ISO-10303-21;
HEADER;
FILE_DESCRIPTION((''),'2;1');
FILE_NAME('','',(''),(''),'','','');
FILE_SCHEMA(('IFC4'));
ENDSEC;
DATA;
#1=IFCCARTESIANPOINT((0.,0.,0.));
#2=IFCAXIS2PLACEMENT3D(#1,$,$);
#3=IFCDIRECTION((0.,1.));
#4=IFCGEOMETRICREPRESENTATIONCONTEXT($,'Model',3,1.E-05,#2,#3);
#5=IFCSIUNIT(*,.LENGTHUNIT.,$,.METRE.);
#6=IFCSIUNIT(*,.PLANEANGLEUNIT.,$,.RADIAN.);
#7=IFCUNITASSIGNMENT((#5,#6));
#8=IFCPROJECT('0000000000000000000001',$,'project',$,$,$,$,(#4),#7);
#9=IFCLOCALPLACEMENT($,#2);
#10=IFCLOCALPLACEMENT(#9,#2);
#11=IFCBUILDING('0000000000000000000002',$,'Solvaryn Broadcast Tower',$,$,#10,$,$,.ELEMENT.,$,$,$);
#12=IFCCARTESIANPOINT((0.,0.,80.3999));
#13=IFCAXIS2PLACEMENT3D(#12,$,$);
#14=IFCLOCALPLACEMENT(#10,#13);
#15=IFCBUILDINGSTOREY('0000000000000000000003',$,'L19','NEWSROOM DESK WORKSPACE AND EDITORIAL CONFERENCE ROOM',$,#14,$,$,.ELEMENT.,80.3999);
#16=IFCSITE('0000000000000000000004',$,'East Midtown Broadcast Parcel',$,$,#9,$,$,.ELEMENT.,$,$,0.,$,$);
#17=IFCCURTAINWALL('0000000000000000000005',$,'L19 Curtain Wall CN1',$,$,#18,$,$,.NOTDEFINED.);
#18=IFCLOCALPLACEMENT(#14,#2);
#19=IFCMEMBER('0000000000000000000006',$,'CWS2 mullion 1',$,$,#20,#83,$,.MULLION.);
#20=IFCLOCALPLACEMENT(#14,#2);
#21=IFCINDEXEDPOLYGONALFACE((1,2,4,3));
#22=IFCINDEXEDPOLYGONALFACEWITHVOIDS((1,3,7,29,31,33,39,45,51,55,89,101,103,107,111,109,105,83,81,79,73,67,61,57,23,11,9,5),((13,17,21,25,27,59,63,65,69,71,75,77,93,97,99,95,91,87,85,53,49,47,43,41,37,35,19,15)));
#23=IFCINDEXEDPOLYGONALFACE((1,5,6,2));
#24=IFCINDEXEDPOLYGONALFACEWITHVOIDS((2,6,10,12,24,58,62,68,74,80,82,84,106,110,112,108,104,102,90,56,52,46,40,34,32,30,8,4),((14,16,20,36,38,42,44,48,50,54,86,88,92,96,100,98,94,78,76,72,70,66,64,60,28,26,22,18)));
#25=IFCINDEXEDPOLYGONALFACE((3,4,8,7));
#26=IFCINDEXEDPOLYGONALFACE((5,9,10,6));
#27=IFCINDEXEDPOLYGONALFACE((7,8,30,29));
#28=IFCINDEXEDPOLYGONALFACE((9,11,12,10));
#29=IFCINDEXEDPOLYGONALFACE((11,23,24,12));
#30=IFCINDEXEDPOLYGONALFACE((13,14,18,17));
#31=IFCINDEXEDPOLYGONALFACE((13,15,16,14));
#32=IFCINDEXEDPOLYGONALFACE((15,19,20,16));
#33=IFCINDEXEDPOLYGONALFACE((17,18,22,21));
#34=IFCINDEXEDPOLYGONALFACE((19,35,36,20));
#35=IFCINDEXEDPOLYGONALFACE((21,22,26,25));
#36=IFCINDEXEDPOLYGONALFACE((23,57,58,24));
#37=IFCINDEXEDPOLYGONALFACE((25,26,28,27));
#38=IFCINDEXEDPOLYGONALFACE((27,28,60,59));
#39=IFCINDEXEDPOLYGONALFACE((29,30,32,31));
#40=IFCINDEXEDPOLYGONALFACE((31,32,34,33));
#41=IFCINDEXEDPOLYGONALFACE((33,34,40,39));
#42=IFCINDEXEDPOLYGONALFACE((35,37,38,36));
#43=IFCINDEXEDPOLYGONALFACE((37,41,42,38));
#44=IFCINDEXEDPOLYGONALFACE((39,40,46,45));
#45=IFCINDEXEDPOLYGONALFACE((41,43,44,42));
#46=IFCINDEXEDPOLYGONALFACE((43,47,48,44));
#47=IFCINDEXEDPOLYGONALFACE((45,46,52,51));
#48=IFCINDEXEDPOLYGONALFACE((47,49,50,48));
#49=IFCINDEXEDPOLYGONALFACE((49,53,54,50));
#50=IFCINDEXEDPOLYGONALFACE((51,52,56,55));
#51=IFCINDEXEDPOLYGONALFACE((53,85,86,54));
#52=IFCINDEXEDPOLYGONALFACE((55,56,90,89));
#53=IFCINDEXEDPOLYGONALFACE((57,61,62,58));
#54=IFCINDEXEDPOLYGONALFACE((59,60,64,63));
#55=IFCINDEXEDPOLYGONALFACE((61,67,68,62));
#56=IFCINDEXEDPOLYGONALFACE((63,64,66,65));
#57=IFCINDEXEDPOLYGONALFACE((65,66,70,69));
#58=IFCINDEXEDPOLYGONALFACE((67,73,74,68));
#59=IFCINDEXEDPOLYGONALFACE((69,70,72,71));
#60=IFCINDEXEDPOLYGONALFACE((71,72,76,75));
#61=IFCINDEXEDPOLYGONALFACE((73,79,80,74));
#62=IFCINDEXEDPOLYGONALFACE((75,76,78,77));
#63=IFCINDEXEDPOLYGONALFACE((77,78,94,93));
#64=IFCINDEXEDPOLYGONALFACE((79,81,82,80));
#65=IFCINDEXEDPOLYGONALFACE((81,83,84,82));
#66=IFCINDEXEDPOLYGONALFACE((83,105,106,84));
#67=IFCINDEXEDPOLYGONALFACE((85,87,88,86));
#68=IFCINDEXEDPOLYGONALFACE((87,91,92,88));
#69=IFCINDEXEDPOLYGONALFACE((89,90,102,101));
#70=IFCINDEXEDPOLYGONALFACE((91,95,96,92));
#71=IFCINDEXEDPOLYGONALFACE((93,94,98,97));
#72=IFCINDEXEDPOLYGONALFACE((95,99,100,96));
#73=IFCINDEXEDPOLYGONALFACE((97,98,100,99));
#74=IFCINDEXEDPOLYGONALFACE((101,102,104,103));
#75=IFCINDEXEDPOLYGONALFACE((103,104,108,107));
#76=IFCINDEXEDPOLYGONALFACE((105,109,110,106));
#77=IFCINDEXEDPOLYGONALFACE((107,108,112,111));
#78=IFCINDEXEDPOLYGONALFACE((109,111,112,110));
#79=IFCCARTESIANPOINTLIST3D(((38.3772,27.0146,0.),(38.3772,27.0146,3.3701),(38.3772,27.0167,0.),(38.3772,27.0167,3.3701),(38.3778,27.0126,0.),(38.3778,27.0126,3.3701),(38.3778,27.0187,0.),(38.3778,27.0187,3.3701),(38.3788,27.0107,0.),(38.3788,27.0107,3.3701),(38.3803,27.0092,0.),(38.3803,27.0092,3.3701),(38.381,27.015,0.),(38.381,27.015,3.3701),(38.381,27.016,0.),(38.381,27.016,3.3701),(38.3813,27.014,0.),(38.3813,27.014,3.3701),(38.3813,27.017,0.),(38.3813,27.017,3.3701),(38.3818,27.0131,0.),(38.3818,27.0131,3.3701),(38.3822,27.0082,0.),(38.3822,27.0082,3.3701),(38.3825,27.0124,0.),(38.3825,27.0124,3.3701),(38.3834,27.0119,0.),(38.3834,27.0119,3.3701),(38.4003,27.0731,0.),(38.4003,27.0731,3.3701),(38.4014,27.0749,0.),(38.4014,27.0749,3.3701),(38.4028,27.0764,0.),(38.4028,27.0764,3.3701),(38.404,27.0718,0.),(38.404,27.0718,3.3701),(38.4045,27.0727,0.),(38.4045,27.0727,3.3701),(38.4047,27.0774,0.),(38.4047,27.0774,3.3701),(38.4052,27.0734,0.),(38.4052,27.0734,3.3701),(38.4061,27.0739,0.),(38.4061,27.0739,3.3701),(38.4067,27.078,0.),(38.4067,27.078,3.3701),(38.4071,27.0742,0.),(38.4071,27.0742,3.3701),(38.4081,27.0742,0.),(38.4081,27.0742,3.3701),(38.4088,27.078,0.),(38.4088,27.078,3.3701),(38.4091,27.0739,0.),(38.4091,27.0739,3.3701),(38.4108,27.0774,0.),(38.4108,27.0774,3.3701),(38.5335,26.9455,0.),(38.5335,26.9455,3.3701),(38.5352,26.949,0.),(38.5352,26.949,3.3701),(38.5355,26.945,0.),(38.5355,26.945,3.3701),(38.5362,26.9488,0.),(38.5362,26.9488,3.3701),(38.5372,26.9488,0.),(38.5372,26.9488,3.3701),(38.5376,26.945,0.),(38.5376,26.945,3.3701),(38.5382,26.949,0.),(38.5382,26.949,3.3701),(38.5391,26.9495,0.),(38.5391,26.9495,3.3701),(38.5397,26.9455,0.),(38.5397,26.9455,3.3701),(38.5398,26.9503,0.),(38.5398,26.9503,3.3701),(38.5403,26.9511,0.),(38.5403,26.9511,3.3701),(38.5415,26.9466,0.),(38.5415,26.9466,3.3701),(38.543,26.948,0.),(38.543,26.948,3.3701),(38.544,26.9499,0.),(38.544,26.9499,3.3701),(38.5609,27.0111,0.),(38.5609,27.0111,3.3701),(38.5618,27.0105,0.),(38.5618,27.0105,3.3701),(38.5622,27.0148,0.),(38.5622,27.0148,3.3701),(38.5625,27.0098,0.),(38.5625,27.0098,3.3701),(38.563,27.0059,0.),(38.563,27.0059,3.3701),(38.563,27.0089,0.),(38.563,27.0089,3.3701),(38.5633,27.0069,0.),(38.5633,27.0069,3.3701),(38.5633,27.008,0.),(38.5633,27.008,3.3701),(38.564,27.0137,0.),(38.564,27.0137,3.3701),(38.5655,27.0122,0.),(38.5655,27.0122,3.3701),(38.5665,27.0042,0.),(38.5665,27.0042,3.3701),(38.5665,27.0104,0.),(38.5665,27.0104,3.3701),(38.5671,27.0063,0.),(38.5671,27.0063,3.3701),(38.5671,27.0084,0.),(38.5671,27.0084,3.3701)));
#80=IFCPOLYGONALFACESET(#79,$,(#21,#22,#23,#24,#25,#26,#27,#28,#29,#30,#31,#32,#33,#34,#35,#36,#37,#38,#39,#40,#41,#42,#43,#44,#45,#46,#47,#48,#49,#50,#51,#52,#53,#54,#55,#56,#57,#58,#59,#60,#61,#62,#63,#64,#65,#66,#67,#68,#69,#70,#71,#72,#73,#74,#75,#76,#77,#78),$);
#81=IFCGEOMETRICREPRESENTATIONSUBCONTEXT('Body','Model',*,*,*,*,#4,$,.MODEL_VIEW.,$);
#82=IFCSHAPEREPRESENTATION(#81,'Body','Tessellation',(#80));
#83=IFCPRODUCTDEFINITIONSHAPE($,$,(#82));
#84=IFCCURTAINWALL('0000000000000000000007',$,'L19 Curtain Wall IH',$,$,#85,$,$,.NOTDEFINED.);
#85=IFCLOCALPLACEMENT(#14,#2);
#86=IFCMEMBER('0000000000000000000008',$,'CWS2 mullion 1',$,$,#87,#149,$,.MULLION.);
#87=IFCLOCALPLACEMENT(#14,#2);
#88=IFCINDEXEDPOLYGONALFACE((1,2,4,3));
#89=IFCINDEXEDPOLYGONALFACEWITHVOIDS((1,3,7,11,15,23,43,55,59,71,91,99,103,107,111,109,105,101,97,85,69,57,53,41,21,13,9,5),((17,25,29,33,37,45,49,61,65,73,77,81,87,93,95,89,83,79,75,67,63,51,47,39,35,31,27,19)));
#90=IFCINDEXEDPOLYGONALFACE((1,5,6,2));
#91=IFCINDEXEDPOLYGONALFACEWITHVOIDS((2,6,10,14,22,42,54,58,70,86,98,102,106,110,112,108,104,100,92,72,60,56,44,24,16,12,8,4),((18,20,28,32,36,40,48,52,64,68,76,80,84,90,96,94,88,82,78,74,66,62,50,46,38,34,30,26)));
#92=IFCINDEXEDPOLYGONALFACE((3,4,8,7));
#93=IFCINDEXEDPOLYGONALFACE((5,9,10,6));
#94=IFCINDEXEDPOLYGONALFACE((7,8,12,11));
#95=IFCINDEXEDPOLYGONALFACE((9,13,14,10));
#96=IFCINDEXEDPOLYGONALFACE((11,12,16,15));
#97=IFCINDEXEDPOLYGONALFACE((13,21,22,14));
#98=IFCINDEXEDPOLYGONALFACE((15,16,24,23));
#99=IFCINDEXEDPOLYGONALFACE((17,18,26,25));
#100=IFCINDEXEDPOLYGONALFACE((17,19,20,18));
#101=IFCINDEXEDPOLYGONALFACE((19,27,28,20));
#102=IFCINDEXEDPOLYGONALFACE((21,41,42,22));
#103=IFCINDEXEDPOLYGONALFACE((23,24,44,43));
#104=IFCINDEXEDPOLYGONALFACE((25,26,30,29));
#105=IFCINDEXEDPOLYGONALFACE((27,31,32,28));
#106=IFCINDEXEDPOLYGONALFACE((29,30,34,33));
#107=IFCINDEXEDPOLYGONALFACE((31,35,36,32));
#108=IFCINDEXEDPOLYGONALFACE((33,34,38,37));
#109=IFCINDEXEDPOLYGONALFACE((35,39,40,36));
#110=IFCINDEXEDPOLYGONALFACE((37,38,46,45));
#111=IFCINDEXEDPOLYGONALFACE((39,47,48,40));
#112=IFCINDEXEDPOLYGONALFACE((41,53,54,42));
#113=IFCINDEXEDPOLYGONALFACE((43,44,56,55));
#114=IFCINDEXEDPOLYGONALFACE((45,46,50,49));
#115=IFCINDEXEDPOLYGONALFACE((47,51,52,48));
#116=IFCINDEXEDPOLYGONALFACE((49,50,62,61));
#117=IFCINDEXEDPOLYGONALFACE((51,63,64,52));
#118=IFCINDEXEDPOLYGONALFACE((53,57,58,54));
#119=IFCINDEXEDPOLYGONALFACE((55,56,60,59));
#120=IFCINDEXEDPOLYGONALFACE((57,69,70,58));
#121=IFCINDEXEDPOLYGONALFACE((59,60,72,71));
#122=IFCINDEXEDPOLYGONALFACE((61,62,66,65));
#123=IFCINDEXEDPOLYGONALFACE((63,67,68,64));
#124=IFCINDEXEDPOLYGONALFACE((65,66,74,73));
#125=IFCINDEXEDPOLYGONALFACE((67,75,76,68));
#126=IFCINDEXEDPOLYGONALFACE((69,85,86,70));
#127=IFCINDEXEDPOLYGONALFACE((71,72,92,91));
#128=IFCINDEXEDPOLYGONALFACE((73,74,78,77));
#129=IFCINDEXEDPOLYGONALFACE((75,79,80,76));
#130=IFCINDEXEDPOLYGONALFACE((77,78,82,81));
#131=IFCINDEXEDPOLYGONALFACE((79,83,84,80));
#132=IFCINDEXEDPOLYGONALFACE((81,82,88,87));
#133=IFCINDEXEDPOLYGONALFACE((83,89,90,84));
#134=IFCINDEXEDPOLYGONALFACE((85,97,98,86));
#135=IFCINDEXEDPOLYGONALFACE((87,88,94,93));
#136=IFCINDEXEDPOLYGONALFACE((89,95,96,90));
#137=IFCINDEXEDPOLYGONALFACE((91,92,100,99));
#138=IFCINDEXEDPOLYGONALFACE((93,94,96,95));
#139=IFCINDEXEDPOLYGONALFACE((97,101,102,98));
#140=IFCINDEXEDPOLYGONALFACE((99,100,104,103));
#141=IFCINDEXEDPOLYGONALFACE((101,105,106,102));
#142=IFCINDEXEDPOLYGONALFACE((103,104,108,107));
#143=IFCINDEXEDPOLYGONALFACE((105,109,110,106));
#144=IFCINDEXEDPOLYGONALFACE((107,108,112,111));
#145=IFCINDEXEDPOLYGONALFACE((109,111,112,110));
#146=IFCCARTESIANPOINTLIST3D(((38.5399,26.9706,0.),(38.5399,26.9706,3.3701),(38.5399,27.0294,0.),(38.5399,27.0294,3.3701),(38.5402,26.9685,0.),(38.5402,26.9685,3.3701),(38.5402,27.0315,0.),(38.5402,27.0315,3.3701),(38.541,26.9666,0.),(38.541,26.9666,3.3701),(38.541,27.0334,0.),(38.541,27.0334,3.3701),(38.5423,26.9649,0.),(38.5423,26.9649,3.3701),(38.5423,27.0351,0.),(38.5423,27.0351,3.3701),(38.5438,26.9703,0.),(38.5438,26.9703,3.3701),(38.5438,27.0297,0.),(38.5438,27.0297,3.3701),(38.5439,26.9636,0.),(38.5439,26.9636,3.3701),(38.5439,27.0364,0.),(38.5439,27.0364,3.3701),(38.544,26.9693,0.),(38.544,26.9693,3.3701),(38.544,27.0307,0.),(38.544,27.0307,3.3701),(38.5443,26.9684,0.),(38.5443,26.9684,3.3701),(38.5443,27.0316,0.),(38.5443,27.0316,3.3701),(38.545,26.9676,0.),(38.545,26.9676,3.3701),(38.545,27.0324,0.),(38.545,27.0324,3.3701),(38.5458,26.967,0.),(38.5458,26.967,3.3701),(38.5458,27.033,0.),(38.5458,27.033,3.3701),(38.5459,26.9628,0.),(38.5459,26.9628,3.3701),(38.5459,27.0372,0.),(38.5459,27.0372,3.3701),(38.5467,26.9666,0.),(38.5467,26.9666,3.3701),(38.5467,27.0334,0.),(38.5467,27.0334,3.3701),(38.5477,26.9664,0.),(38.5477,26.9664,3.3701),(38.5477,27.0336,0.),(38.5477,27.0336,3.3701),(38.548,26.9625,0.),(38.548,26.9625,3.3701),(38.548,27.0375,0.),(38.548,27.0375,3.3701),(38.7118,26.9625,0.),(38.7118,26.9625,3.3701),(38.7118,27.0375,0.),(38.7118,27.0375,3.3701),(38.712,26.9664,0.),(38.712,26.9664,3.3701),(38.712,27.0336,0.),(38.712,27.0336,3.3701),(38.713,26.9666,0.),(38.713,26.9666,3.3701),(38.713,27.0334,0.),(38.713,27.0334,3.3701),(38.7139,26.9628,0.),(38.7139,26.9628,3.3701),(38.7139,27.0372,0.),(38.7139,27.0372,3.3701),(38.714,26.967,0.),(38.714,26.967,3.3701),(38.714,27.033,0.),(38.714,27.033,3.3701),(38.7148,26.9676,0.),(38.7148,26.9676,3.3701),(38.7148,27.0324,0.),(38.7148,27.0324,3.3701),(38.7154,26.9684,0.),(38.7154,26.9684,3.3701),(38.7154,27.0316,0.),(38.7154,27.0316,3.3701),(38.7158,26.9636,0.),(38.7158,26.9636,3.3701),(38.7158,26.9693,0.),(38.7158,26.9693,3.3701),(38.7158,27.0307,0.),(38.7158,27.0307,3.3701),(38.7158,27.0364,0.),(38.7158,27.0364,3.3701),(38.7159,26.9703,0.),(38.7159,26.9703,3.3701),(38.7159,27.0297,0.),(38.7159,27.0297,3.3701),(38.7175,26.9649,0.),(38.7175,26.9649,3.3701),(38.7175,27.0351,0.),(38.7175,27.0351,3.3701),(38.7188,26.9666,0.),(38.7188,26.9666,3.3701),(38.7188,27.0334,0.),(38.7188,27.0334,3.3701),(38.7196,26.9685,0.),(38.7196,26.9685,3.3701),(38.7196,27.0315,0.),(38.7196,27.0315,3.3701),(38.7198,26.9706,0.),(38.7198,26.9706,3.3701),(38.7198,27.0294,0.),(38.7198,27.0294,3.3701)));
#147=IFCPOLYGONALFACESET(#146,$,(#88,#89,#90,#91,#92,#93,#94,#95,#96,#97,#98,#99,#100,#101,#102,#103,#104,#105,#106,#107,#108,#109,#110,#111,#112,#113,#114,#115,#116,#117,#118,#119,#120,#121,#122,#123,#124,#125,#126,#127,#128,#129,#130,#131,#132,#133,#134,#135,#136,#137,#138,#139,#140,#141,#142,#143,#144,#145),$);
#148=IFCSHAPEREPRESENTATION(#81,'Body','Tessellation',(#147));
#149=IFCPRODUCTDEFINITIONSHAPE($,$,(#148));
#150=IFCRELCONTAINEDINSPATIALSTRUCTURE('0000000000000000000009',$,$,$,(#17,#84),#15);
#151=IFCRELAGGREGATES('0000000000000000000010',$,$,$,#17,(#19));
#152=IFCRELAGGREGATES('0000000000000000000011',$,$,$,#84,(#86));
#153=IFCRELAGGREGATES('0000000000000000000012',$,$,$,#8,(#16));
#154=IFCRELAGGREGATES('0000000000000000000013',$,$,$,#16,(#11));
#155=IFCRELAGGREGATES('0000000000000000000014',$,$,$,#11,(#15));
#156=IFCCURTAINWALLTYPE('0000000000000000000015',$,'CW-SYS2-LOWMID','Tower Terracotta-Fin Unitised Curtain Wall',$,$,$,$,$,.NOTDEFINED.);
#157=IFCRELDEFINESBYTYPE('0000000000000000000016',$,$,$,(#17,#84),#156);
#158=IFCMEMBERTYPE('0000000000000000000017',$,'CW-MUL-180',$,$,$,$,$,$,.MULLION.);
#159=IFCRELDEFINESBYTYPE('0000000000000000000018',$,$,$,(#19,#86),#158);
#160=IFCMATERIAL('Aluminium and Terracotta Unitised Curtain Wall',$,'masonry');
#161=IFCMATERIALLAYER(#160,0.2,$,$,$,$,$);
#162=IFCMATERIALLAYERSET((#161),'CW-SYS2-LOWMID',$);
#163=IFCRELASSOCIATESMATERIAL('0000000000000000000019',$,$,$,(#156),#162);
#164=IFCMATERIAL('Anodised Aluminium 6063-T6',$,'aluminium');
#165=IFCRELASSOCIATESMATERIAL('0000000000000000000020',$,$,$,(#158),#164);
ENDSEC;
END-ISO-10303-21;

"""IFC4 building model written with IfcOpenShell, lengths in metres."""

from ifc_helpers import new_model, si_unit, direction, frame, origin, origin_2d, place, context, subcontext, project, spatial, hollow_rectangle, extrude, material, layer, layer_set, material_profile, profile_set, type_object, element, aggregate, save


model = new_model("IFC4")

# Units and contexts
model_context = context("Model", 3, precision=1e-05, world=origin(), true_north=direction((0.0, 1.0)))
body_context = subcontext(model_context, "Body", "Model", "MODEL_VIEW")
ifc_project = project(units=[si_unit("LENGTHUNIT", "METRE"), si_unit("PLANEANGLEUNIT", "RADIAN")], contexts=[model_context])

# Site, building, storey
site_placement = place(None, origin())
site = spatial("IfcSite", under=ifc_project, at=site_placement, Name="East Midtown Broadcast Parcel", CompositionType="ELEMENT", RefElevation=0.0)
building_placement = place(site_placement, origin())
building = spatial("IfcBuilding", under=site, at=building_placement, Name="Solvaryn Broadcast Tower", CompositionType="ELEMENT")
storey_placement = place(building_placement, frame((0.0, 0.0, 80.3999)))
storey = spatial("IfcBuildingStorey", under=building, at=storey_placement, Name="L19", Description="NEWSROOM DESK WORKSPACE AND EDITORIAL CONFERENCE ROOM", CompositionType="ELEMENT", Elevation=80.3999)

# Curtain walls, members
ifc_material_1 = material(Name="Aluminium and Terracotta Unitised Curtain Wall", Category="masonry")
ifc_layer_1 = layer(ifc_material_1, 0.2)
ifc_layer_set_1 = layer_set([ifc_layer_1], Name="CW-SYS2-LOWMID")
curtain_wall_type = type_object("IfcCurtainWallType", Name="CW-SYS2-LOWMID", Description="Tower Terracotta-Fin Unitised Curtain Wall", PredefinedType="NOTDEFINED", material=ifc_layer_set_1)
curtain_wall_1_placement = place(storey_placement, origin())
curtain_wall_1 = element("IfcCurtainWall", 1, at=curtain_wall_1_placement, inside=storey, type_object=curtain_wall_type, Name="L19 Curtain Wall CN1", PredefinedType="NOTDEFINED")
ifc_material_2 = material(Name="Anodised Aluminium 6063-T6", Category="aluminium")
ifc_material_profile_1 = material_profile(ifc_material_2, hollow_rectangle(XDim=0.075, YDim=0.1799, WallThickness=0.0039, InnerFilletRadius=0.0039, OuterFilletRadius=0.0081, at=origin_2d()))
ifc_profile_set_1 = profile_set([ifc_material_profile_1], Name="Anodised Aluminium 6063-T6")
member_type_1 = type_object("IfcMemberType", Name="CW-MUL-180", PredefinedType="MULLION", material=ifc_profile_set_1)
member_1_placement = place(storey_placement, frame((38.4722, 27.0115, 0.0), z_axis=(0.0, 0.0, 1.0), x_axis=(-0.382646, -0.923895, 0.0)))
member_1 = element("IfcMember", 2, at=member_1_placement, type_object=member_type_1, Name="CWS2 mullion 1", PredefinedType="MULLION", context=body_context, shape_type="SweptSolid", body=[
    extrude(hollow_rectangle(XDim=0.075, YDim=0.1799, WallThickness=0.0039, InnerFilletRadius=0.0039, OuterFilletRadius=0.0081, at=origin_2d()), origin(), (0.0, 0.0, 1.0), 3.3701),
])
curtain_wall_2_placement = place(storey_placement, origin())
curtain_wall_2 = element("IfcCurtainWall", 3, at=curtain_wall_2_placement, inside=storey, type_object=curtain_wall_type, Name="L19 Curtain Wall IH", PredefinedType="NOTDEFINED")
member_2_placement = place(storey_placement, frame((38.6299, 27.0, 0.0), z_axis=(0.0, 0.0, 1.0), x_axis=(0.0, 1.0, 0.0)))
member_2 = element("IfcMember", 4, at=member_2_placement, type_object=member_type_1, Name="CWS2 mullion 1", PredefinedType="MULLION", context=body_context, shape_type="SweptSolid", body=[
    extrude(hollow_rectangle(XDim=0.075, YDim=0.1799, WallThickness=0.0039, InnerFilletRadius=0.0039, OuterFilletRadius=0.0081, at=origin_2d()), origin(), (0.0, 0.0, 1.0), 3.3701),
])

aggregate(curtain_wall_1, [member_1])
aggregate(curtain_wall_2, [member_2])

save(model, "model.ifc")
